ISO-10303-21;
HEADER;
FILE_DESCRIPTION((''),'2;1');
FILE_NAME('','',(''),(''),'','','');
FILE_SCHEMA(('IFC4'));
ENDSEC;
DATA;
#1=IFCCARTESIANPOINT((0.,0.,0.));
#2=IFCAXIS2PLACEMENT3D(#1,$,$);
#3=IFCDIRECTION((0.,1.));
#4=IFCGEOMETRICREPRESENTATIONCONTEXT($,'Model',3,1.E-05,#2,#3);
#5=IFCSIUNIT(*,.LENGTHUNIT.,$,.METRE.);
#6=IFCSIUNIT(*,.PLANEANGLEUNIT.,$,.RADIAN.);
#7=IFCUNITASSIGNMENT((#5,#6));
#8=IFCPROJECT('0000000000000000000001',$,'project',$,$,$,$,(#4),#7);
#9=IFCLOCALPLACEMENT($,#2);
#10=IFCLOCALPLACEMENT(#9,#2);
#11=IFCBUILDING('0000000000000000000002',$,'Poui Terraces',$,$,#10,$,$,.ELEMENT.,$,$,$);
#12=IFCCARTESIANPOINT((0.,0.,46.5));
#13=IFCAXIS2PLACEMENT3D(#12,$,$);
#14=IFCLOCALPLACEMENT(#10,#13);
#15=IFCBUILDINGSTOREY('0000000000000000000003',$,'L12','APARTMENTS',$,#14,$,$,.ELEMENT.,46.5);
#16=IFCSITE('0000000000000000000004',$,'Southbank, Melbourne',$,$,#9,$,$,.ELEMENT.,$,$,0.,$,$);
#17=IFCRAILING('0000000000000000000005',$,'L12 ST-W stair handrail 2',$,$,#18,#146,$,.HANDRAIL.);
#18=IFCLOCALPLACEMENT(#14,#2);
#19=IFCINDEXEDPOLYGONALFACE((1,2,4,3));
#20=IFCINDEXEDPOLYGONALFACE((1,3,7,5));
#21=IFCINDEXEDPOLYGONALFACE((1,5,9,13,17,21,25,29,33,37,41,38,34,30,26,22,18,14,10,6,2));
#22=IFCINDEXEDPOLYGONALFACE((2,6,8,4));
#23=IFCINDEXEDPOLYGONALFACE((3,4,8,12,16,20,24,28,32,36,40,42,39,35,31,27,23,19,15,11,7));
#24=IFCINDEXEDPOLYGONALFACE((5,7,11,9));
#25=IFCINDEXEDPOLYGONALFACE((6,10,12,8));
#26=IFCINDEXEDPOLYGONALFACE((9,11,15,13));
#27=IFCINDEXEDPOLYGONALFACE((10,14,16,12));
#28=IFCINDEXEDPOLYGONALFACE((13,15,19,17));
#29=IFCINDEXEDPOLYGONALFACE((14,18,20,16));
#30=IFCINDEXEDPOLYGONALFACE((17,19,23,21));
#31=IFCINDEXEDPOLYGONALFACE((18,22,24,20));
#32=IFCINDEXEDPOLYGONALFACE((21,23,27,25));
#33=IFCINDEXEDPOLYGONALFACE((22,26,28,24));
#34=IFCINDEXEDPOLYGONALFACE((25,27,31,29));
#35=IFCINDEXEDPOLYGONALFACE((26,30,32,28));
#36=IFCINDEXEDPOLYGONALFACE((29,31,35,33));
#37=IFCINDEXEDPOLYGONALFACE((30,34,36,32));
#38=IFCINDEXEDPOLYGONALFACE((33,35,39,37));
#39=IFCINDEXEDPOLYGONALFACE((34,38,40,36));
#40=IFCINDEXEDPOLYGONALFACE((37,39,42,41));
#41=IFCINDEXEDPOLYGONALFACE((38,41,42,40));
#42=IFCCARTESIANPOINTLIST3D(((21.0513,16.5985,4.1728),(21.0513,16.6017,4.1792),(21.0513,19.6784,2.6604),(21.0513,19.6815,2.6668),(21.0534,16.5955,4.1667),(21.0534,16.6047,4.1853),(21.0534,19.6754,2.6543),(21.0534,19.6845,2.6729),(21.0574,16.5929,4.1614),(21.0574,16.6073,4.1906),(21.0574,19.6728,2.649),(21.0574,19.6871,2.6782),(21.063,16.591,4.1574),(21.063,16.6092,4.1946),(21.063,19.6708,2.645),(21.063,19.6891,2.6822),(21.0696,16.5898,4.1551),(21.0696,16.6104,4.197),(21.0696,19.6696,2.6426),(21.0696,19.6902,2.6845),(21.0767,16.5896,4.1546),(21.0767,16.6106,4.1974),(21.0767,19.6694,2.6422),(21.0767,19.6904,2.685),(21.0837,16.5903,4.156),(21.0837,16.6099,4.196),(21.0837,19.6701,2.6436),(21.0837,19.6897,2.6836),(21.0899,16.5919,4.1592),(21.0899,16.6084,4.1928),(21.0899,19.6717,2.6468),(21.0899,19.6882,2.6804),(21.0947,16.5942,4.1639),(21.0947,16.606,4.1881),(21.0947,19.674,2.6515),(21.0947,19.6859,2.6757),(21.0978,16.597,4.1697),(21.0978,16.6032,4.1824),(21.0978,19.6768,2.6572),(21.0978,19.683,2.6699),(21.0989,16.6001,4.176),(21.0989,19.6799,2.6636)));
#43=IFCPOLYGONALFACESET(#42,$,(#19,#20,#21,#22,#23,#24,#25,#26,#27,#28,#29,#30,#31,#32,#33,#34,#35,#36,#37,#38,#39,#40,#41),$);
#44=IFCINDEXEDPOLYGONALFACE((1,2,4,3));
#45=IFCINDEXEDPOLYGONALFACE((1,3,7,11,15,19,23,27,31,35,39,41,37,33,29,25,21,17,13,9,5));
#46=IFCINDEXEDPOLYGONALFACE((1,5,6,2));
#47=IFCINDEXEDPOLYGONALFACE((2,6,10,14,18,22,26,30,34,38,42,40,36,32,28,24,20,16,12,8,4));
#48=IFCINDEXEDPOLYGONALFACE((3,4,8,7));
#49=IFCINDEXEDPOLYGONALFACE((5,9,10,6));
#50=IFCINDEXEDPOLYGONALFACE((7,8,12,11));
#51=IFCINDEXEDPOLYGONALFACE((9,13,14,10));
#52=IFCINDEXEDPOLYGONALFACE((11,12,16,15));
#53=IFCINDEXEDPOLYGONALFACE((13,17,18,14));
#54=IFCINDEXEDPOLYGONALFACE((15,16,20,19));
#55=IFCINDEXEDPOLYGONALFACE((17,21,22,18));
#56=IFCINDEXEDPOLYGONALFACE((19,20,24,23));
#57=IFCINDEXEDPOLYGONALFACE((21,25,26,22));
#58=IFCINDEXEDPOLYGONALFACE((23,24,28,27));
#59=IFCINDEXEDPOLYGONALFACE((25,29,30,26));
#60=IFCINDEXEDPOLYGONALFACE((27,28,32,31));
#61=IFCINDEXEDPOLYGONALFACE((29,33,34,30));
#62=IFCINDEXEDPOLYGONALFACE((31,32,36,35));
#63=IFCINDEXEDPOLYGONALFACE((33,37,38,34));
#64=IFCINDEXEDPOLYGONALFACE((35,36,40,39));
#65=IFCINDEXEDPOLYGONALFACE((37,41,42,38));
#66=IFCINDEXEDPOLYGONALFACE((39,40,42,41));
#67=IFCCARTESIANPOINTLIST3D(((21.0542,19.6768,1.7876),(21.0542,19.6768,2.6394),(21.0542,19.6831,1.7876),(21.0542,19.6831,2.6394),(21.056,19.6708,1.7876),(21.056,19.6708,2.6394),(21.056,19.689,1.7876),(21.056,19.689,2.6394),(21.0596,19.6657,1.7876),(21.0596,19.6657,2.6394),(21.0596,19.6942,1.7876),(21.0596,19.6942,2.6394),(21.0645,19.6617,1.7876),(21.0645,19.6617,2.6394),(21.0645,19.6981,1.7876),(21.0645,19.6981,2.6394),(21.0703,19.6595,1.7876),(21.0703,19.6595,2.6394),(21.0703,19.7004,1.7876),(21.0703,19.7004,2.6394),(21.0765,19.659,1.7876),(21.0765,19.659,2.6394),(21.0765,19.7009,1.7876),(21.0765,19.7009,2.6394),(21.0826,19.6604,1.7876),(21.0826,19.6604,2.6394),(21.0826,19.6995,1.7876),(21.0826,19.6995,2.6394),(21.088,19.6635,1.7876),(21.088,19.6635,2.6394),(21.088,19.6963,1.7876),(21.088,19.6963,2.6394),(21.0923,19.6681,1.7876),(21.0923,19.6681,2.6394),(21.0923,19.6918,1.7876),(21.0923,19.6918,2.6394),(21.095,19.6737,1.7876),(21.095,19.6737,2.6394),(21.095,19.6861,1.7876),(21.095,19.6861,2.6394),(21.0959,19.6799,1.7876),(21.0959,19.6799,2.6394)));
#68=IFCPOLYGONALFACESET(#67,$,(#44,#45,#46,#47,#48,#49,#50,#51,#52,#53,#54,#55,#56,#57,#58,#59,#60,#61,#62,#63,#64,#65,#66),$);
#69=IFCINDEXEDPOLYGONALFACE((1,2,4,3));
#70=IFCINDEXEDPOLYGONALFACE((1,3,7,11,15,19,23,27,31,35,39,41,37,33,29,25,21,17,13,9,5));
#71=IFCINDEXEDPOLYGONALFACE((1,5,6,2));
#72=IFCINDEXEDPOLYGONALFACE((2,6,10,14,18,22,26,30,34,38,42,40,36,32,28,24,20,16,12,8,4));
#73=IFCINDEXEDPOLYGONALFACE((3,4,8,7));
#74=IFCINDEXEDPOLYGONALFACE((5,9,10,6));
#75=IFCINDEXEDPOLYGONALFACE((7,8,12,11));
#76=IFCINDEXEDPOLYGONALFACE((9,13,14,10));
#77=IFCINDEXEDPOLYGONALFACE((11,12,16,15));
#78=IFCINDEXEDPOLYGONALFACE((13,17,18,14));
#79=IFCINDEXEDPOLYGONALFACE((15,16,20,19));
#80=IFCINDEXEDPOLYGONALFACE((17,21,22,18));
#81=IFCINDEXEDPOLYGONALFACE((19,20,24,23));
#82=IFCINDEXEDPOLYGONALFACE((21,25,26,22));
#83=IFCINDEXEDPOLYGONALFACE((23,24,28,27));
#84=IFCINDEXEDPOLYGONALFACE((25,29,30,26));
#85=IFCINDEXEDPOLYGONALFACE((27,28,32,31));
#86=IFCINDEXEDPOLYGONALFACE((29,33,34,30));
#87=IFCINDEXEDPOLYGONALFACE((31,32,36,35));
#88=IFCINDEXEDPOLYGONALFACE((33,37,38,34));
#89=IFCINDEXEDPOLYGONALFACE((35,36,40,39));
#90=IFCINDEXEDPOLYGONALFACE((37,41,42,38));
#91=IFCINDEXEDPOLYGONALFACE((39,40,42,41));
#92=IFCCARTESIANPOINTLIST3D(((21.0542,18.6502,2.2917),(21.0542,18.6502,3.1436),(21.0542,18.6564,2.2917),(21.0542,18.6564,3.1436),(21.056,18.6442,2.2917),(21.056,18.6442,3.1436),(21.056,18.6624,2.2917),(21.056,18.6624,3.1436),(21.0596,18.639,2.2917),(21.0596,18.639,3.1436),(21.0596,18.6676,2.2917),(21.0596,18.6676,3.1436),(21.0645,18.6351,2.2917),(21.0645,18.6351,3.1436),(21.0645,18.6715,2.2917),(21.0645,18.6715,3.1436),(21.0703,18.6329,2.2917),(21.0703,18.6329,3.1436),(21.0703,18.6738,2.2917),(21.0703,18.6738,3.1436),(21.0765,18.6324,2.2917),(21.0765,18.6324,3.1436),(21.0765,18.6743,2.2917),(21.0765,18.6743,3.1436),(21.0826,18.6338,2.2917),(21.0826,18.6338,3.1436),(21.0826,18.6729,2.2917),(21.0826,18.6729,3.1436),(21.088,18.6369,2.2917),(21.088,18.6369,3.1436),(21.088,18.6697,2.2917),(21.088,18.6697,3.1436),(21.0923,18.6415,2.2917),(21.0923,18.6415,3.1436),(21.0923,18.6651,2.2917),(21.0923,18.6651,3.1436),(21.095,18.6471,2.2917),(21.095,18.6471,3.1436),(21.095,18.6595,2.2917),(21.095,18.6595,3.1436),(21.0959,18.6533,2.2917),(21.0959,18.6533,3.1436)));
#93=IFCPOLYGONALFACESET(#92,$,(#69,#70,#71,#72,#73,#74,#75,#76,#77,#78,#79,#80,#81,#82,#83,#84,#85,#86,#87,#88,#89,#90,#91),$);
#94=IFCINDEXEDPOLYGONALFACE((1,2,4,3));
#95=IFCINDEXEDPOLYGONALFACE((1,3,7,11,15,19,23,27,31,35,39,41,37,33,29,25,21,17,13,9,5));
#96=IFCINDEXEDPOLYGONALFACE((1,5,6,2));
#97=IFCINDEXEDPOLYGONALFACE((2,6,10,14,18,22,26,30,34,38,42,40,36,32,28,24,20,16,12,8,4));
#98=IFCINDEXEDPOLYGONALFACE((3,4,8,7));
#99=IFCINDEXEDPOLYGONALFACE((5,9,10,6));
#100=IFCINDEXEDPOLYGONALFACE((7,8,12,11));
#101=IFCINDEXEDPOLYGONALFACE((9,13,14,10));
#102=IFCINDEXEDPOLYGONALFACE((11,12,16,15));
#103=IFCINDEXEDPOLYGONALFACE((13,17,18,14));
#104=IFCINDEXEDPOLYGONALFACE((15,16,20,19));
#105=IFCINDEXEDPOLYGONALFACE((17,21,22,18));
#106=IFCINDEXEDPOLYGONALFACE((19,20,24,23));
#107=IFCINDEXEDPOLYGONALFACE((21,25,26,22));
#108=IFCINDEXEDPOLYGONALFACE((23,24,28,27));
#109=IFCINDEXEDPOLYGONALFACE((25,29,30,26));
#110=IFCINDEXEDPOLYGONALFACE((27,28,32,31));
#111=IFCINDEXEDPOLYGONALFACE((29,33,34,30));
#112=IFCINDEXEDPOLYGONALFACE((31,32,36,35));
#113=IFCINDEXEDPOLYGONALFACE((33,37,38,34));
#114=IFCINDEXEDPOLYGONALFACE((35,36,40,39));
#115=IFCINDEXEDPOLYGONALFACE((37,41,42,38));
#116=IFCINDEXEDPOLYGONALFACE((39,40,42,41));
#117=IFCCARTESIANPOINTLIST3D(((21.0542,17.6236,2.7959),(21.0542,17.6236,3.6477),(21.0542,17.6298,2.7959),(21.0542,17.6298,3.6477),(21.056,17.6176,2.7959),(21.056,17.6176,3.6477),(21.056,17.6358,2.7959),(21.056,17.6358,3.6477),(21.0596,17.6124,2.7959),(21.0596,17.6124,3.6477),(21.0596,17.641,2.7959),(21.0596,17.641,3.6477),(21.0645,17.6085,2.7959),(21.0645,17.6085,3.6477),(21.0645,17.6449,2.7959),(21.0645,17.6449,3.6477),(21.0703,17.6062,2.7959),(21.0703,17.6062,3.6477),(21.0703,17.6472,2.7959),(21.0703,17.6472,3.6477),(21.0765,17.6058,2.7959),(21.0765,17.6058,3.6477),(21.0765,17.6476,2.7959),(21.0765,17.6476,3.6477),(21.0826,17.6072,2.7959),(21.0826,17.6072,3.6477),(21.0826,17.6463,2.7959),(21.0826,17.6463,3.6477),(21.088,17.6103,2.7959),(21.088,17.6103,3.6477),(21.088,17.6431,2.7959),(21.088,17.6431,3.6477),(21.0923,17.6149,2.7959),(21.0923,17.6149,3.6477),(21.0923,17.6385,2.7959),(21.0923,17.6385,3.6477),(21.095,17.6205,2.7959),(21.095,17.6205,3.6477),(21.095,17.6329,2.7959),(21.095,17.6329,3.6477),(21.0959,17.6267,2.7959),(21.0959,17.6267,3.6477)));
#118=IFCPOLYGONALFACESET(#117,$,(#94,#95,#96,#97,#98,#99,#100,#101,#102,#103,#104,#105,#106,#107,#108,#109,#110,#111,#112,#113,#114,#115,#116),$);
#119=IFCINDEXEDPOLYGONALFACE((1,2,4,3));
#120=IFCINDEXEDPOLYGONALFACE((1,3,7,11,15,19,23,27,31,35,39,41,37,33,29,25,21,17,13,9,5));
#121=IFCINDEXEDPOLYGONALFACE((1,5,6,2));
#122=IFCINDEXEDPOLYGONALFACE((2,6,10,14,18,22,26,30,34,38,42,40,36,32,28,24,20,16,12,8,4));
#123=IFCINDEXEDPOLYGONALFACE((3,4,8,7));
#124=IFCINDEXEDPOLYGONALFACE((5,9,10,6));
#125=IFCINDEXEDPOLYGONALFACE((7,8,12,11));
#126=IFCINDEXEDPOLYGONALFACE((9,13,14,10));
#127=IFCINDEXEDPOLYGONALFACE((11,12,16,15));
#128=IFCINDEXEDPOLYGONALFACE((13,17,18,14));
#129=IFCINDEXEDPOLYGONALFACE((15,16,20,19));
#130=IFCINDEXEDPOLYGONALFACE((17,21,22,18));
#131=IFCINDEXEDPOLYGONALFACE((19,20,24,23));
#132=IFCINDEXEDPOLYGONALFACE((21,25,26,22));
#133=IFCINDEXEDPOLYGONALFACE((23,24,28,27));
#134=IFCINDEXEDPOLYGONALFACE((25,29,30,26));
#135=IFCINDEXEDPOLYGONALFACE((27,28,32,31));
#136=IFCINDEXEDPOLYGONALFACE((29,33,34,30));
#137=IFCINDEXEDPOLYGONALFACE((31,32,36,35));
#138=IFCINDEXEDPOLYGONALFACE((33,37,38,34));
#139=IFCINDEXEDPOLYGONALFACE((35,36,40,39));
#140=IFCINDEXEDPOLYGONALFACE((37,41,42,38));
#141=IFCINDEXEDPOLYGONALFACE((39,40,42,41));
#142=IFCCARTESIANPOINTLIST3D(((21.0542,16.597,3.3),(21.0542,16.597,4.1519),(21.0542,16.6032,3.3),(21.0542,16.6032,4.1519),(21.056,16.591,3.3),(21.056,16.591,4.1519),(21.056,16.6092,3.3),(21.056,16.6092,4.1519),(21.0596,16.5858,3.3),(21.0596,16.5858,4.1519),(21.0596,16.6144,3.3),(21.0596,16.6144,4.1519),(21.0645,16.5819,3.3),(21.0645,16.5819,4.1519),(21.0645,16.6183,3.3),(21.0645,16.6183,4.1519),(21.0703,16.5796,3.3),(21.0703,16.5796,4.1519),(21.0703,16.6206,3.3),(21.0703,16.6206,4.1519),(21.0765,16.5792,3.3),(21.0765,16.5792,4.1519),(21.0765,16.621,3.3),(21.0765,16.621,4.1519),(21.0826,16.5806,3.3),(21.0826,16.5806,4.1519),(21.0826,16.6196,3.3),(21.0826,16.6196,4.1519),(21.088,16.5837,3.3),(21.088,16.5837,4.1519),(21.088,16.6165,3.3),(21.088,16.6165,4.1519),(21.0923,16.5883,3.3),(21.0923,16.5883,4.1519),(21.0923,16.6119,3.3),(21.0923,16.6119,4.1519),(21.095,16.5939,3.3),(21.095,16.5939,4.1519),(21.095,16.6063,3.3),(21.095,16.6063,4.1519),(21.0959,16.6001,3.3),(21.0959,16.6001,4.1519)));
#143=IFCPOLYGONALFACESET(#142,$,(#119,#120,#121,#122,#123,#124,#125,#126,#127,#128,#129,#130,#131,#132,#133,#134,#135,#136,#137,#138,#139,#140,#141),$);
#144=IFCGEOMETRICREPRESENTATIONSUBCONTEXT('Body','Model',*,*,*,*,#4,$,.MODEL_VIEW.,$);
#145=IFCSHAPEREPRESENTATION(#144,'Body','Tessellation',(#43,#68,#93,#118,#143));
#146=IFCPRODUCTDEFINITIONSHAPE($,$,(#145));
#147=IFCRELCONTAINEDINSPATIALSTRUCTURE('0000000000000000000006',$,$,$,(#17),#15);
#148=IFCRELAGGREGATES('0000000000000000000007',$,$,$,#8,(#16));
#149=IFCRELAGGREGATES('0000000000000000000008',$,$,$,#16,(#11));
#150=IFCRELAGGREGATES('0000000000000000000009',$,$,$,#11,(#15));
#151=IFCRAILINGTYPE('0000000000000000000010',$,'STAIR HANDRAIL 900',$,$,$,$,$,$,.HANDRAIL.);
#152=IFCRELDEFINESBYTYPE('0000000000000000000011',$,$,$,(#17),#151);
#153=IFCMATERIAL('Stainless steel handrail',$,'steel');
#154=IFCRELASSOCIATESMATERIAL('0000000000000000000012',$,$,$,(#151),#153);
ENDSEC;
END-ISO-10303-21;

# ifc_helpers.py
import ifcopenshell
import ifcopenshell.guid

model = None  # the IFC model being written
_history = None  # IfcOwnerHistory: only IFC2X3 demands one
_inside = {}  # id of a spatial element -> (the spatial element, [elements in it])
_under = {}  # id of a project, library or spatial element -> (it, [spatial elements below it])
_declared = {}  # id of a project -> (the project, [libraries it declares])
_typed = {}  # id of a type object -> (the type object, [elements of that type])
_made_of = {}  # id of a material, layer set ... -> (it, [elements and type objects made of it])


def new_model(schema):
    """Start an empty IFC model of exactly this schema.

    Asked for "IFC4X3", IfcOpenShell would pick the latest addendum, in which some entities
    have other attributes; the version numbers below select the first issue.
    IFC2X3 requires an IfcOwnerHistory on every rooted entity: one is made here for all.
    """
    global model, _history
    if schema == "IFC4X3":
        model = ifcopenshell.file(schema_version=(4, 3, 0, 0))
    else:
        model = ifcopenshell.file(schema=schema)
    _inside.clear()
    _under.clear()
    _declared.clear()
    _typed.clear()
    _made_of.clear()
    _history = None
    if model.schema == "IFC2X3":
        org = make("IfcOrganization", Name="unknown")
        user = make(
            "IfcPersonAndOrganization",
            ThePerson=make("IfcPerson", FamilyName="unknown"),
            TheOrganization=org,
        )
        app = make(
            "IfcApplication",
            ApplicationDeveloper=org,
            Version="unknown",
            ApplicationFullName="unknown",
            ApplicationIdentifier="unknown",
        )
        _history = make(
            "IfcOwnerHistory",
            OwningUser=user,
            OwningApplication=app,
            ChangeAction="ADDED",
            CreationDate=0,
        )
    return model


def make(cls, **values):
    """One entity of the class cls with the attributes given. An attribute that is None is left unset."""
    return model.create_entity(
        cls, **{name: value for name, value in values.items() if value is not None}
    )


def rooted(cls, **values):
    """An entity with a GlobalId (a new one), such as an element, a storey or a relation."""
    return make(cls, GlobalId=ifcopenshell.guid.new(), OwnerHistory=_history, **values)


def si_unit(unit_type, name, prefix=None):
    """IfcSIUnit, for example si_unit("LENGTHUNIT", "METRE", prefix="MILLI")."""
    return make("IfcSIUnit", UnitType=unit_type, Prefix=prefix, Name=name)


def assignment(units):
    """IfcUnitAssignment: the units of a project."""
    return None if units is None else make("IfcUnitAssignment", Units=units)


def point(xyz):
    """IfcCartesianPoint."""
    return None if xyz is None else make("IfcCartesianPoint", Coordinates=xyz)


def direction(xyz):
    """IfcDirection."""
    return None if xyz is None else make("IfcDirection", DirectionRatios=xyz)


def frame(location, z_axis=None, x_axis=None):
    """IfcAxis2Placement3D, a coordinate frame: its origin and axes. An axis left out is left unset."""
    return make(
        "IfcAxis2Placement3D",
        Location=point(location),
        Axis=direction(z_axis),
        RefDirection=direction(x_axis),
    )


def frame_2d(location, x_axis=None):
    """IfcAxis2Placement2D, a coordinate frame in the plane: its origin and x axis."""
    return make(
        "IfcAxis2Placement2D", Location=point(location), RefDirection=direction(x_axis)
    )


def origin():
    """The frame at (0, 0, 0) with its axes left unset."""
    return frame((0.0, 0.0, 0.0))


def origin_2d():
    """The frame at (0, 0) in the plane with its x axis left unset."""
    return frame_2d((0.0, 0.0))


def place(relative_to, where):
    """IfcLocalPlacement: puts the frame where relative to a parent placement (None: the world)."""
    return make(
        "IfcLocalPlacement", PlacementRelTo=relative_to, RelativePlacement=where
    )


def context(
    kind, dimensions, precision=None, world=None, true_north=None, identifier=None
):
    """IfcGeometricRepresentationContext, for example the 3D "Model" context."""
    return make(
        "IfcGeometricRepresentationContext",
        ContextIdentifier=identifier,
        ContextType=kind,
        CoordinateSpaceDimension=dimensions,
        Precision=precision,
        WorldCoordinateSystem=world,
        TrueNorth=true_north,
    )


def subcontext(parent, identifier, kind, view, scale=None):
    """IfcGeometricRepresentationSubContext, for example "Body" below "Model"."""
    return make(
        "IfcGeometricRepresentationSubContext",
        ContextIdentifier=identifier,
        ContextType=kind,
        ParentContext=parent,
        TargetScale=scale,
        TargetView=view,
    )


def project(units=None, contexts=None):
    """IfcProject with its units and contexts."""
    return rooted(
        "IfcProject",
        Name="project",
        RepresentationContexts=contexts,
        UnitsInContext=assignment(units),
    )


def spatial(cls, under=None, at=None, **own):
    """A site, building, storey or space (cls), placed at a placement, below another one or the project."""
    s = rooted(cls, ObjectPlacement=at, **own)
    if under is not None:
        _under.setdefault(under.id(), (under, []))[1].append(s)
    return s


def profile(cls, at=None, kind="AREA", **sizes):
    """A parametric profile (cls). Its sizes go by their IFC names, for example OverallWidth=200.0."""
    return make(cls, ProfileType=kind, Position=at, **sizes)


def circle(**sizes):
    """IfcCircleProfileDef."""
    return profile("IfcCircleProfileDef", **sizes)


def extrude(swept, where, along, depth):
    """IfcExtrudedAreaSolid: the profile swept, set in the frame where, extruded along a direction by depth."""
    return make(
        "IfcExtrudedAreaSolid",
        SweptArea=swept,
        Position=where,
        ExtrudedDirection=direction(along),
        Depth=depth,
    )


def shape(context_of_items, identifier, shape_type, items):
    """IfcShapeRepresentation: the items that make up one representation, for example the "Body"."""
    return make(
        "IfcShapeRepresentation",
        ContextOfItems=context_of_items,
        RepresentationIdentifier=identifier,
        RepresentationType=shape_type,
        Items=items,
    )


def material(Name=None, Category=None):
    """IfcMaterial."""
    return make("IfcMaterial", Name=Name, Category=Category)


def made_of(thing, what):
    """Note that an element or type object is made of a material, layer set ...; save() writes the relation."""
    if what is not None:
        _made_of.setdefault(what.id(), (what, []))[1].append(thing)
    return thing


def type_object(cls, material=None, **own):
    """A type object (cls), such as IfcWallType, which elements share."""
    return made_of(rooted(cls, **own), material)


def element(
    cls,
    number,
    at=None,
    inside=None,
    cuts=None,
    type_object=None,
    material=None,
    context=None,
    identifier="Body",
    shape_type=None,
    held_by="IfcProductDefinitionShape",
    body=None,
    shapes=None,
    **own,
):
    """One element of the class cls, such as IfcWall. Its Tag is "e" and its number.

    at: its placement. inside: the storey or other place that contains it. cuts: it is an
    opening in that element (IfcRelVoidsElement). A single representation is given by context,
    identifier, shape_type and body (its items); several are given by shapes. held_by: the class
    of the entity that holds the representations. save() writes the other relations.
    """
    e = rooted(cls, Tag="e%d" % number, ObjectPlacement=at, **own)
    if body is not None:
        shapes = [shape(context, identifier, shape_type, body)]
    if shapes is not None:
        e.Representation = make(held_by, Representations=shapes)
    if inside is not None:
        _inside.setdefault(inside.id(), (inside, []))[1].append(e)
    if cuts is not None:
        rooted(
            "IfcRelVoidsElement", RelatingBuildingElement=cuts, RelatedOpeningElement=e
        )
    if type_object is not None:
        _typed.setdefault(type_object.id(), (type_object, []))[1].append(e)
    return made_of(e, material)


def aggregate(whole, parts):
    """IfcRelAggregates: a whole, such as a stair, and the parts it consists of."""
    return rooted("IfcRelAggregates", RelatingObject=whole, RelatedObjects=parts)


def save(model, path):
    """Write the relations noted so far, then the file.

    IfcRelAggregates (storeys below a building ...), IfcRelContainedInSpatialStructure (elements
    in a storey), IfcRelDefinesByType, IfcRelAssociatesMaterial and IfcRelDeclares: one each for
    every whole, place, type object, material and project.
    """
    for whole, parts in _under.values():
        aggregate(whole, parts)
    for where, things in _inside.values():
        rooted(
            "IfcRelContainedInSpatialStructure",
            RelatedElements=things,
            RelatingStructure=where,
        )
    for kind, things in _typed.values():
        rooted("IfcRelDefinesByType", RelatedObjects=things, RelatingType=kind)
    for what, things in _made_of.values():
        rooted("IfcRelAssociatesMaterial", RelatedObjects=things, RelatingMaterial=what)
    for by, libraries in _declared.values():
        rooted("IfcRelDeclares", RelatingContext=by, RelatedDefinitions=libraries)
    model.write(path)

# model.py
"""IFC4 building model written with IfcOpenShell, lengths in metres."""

from ifc_helpers import new_model, si_unit, direction, frame, origin, origin_2d, place, context, subcontext, project, spatial, circle, extrude, material, type_object, element, save


model = new_model("IFC4")

# Units and contexts
model_context = context("Model", 3, precision=1e-05, world=origin(), true_north=direction((0.0, 1.0)))
body_context = subcontext(model_context, "Body", "Model", "MODEL_VIEW")
ifc_project = project(units=[si_unit("LENGTHUNIT", "METRE"), si_unit("PLANEANGLEUNIT", "RADIAN")], contexts=[model_context])

# Site, building, storey
site_placement = place(None, origin())
site = spatial("IfcSite", under=ifc_project, at=site_placement, Name="Southbank, Melbourne", CompositionType="ELEMENT", RefElevation=0.0)
building_placement = place(site_placement, origin())
building = spatial("IfcBuilding", under=site, at=building_placement, Name="Poui Terraces", CompositionType="ELEMENT")
storey_placement = place(building_placement, frame((0.0, 0.0, 46.5)))
storey = spatial("IfcBuildingStorey", under=building, at=storey_placement, Name="L12", Description="APARTMENTS", CompositionType="ELEMENT", Elevation=46.5)

# Railing
ifc_material_1 = material(Name="Stainless steel handrail", Category="steel")
railing_type_1 = type_object("IfcRailingType", Name="STAIR HANDRAIL 900", PredefinedType="HANDRAIL", material=ifc_material_1)
railing_1_placement = place(storey_placement, frame((21.075, 19.6799, 1.7876)))
element("IfcRailing", 1, at=railing_1_placement, inside=storey, type_object=railing_type_1, Name="L12 ST-W stair handrail 2", PredefinedType="HANDRAIL", context=body_context, shape_type="SweptSolid", body=[
    extrude(circle(Radius=0.0239, at=origin_2d()), frame((0.0, 0.0, 0.876), z_axis=(0.0, -0.897606, 0.440798), x_axis=(1.0, 0.0, 0.0)), (0.0, 0.0, 1.0), 3.4312),
    extrude(circle(Radius=0.021, at=origin_2d()), origin(), (0.0, 0.0, 1.0), 0.8518),
    extrude(circle(Radius=0.021, at=origin_2d()), frame((0.0, -1.0266, 0.5042)), (0.0, 0.0, 1.0), 0.8518),
    extrude(circle(Radius=0.021, at=origin_2d()), frame((0.0, -2.0532, 1.0083)), (0.0, 0.0, 1.0), 0.8518),
    extrude(circle(Radius=0.021, at=origin_2d()), frame((0.0, -3.0798, 1.5125)), (0.0, 0.0, 1.0), 0.8518),
])

save(model, "model.ifc")
